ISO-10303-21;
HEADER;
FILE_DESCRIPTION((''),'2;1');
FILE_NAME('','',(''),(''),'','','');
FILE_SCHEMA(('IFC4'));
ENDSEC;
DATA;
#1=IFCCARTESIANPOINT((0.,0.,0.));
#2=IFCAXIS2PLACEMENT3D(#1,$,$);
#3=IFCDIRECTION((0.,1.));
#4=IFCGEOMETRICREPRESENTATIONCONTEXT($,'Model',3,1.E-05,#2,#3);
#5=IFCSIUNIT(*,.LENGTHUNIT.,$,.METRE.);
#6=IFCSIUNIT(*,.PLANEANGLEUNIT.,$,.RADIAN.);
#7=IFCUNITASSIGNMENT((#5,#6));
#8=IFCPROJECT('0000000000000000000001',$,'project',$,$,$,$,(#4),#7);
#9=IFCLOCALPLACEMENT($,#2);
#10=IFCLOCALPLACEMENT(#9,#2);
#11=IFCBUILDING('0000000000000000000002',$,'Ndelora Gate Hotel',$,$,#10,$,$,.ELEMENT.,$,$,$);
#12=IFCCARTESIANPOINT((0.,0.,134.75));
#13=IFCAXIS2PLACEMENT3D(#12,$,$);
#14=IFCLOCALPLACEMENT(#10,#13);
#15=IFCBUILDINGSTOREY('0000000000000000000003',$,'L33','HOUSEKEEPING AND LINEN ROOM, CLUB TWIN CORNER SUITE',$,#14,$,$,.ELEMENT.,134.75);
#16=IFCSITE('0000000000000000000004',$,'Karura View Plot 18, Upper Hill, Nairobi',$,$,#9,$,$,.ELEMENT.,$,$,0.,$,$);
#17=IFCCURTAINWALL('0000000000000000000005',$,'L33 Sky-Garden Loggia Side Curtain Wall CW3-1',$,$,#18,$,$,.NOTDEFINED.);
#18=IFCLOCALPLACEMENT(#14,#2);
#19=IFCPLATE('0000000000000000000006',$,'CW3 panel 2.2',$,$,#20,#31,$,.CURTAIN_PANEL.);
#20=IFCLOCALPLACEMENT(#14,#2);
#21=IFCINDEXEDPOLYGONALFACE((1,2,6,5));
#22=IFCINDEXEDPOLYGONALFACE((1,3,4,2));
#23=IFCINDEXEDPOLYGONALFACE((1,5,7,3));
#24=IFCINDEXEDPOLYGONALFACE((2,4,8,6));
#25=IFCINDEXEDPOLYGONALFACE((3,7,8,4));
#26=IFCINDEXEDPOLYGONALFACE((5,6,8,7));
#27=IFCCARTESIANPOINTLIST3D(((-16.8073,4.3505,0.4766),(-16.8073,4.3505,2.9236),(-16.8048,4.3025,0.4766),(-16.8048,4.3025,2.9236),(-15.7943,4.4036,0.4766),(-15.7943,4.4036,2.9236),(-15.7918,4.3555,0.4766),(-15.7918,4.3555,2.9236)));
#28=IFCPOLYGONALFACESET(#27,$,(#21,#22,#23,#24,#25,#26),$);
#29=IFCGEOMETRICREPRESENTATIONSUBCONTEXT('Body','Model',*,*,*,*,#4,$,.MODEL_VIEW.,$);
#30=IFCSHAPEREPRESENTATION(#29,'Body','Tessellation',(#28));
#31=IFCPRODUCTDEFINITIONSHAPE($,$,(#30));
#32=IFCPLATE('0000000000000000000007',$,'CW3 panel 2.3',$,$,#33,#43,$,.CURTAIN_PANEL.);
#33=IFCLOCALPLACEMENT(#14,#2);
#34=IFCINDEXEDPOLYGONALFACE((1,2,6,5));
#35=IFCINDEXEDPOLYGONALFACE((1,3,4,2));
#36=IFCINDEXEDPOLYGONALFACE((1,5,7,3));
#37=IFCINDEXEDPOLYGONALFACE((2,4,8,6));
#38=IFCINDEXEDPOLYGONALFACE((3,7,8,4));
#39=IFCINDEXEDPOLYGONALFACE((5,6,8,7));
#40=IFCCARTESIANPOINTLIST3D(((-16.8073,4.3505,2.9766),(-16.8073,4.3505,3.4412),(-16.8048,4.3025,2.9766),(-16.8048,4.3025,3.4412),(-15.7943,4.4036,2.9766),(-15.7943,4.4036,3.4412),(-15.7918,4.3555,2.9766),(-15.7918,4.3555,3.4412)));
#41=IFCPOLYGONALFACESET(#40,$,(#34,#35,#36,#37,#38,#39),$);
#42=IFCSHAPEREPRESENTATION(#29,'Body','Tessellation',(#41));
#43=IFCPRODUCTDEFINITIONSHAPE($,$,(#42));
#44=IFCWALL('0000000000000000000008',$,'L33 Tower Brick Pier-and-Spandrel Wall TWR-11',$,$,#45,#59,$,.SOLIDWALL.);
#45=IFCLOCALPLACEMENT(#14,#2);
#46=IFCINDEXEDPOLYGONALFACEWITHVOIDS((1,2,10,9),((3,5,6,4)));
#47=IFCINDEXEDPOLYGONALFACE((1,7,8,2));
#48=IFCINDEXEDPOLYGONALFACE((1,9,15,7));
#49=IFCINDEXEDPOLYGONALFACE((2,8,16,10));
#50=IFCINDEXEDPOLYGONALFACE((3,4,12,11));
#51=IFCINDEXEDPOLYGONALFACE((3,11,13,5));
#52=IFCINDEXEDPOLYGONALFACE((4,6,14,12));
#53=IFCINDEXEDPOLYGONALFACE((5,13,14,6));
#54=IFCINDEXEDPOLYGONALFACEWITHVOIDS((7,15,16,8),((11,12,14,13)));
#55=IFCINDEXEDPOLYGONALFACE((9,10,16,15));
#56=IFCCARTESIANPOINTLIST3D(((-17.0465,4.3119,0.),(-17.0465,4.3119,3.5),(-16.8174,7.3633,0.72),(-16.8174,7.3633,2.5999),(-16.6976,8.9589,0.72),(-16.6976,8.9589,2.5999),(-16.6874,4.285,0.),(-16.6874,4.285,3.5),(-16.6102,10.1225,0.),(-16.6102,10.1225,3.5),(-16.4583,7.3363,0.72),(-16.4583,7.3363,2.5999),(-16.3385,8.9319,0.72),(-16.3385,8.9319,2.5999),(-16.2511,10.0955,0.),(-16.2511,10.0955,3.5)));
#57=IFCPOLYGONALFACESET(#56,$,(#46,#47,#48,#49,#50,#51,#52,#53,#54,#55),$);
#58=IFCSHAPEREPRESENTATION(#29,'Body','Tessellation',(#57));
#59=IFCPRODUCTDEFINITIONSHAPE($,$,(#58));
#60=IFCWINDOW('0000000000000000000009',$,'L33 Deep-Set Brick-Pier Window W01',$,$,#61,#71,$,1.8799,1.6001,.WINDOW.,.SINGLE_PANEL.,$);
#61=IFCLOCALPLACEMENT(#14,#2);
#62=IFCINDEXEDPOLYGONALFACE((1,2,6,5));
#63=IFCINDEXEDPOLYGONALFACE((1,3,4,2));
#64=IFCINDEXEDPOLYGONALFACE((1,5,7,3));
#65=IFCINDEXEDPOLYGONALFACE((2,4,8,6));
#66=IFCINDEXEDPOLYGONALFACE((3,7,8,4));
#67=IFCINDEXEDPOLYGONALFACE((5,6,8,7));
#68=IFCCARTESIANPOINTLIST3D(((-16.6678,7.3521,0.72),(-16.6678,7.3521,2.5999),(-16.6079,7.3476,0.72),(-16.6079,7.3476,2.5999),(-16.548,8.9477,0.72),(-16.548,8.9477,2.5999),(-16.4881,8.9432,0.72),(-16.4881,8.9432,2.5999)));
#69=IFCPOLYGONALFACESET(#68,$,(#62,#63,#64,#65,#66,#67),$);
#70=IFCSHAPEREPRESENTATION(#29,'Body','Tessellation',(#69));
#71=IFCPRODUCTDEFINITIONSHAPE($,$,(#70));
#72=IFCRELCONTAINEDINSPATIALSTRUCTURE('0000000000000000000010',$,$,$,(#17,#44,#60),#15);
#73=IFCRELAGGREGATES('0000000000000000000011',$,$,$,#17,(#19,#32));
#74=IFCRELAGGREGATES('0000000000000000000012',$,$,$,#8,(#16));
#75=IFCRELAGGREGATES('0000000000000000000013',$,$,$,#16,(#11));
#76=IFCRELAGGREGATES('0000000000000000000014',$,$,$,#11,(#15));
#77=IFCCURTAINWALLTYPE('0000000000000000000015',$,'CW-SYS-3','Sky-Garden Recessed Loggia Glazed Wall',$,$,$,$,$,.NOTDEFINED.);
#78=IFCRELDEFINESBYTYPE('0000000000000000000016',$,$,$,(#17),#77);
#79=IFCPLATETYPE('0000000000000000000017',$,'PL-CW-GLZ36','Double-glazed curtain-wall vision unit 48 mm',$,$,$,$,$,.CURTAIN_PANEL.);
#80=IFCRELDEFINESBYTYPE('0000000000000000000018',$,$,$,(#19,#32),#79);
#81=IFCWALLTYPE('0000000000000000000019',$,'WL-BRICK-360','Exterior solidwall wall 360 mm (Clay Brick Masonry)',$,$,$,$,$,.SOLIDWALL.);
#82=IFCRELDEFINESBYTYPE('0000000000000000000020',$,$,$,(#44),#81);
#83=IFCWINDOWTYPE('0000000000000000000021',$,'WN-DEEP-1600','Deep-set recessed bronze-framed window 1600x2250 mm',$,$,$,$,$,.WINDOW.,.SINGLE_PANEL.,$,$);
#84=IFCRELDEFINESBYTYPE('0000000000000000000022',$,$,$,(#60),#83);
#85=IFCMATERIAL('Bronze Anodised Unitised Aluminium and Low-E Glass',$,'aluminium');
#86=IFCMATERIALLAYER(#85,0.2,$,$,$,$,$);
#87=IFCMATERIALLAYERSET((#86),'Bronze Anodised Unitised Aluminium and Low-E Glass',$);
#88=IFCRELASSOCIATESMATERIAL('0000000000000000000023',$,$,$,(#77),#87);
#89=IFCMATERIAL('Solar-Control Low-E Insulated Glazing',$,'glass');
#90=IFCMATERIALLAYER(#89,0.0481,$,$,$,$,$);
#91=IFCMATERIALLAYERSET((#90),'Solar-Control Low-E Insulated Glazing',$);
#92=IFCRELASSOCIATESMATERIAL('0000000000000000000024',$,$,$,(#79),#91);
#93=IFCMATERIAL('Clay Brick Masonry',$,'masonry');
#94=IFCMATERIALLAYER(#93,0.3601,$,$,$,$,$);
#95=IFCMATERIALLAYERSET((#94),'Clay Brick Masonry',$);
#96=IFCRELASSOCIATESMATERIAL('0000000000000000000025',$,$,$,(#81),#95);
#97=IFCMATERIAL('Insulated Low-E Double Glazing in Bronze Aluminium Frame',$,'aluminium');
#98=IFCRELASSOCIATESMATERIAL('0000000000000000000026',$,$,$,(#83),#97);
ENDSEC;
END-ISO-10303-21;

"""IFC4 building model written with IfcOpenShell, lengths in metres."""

from ifc_helpers import new_model, si_unit, direction, frame, frame_2d, origin, origin_2d, place, context, subcontext, project, spatial, rectangle, extrude, material, layer, layer_set, type_object, element, fill, aggregate, save


model = new_model("IFC4")

# Units and contexts
model_context = context("Model", 3, precision=1e-05, world=origin(), true_north=direction((0.0, 1.0)))
body_context = subcontext(model_context, "Body", "Model", "MODEL_VIEW")
ifc_project = project(units=[si_unit("LENGTHUNIT", "METRE"), si_unit("PLANEANGLEUNIT", "RADIAN")], contexts=[model_context])

# Site, building, storey
site_placement = place(None, origin())
site = spatial("IfcSite", under=ifc_project, at=site_placement, Name="Karura View Plot 18, Upper Hill, Nairobi", CompositionType="ELEMENT", RefElevation=0.0)
building_placement = place(site_placement, origin())
building = spatial("IfcBuilding", under=site, at=building_placement, Name="Ndelora Gate Hotel", CompositionType="ELEMENT")
storey_placement = place(building_placement, frame((0.0, 0.0, 134.75)))
storey = spatial("IfcBuildingStorey", under=building, at=storey_placement, Name="L33", Description="HOUSEKEEPING AND LINEN ROOM, CLUB TWIN CORNER SUITE", CompositionType="ELEMENT", Elevation=134.75)

# Curtain wall, plates
ifc_material_1 = material(Name="Bronze Anodised Unitised Aluminium and Low-E Glass", Category="aluminium")
ifc_layer_1 = layer(ifc_material_1, 0.2)
ifc_layer_set_1 = layer_set([ifc_layer_1], Name="Bronze Anodised Unitised Aluminium and Low-E Glass")
curtain_wall_type = type_object("IfcCurtainWallType", Name="CW-SYS-3", Description="Sky-Garden Recessed Loggia Glazed Wall", PredefinedType="NOTDEFINED", material=ifc_layer_set_1)
curtain_wall_placement = place(storey_placement, origin())
curtain_wall = element("IfcCurtainWall", 1, at=curtain_wall_placement, inside=storey, type_object=curtain_wall_type, Name="L33 Sky-Garden Loggia Side Curtain Wall CW3-1", PredefinedType="NOTDEFINED")
ifc_material_2 = material(Name="Solar-Control Low-E Insulated Glazing", Category="glass")
ifc_layer_2 = layer(ifc_material_2, 0.0481)
ifc_layer_set_2 = layer_set([ifc_layer_2], Name="Solar-Control Low-E Insulated Glazing")
plate_type = type_object("IfcPlateType", Name="PL-CW-GLZ36", Description="Double-glazed curtain-wall vision unit 48 mm", PredefinedType="CURTAIN_PANEL", material=ifc_layer_set_2)
plate_1_placement = place(storey_placement, frame((-16.2996, 4.353, 0.4766), z_axis=(0.0, 0.0, 1.0), x_axis=(-0.99863, -0.052318, 0.0)))
plate_1 = element("IfcPlate", 2, at=plate_1_placement, type_object=plate_type, Name="CW3 panel 2.2", PredefinedType="CURTAIN_PANEL", context=body_context, shape_type="SweptSolid", body=[
    extrude(rectangle(XDim=1.0144, YDim=0.0481, at=origin_2d()), origin(), (0.0, 0.0, 1.0), 2.447),
])
plate_2_placement = place(storey_placement, frame((-16.2996, 4.353, 2.9766), z_axis=(0.0, 0.0, 1.0), x_axis=(-0.99863, -0.052318, 0.0)))
plate_2 = element("IfcPlate", 3, at=plate_2_placement, type_object=plate_type, Name="CW3 panel 2.3", PredefinedType="CURTAIN_PANEL", context=body_context, shape_type="SweptSolid", body=[
    extrude(rectangle(XDim=1.0144, YDim=0.0481, at=origin_2d()), origin(), (0.0, 0.0, 1.0), 0.4646),
])
aggregate(curtain_wall, [plate_1, plate_2])

# Wall, opening, window
ifc_material_3 = material(Name="Clay Brick Masonry", Category="masonry")
ifc_layer_3 = layer(ifc_material_3, 0.3601)
ifc_layer_set_3 = layer_set([ifc_layer_3], Name="Clay Brick Masonry")
wall_type = type_object("IfcWallType", Name="WL-BRICK-360", Description="Exterior solidwall wall 360 mm (Clay Brick Masonry)", PredefinedType="SOLIDWALL", material=ifc_layer_set_3)
wall_placement = place(storey_placement, frame((-16.8669, 4.2983, 0.0), z_axis=(0.0, 0.0, 1.0), x_axis=(0.074873, 0.997193, 0.0)))
wall = element("IfcWall", 4, at=wall_placement, inside=storey, type_object=wall_type, Name="L33 Tower Brick Pier-and-Spandrel Wall TWR-11", PredefinedType="SOLIDWALL", context=body_context, shape_type="SweptSolid", body=[
    extrude(rectangle(XDim=5.8269, YDim=0.3601, at=frame_2d((2.9136, 0.0))), origin(), (0.0, 0.0, 1.0), 3.5),
])
opening_placement = place(wall_placement, frame((3.0601, 0.0, 0.72)))
opening = element("IfcOpeningElement", 5, at=opening_placement, cuts=wall, PredefinedType="OPENING", context=body_context, shape_type="SweptSolid", body=[
    extrude(rectangle(XDim=1.6001, YDim=1.8799, at=frame_2d((0.8, 0.9399))), frame((0.0, 0.1899, 0.0), z_axis=(0.0, -1.0, 0.0), x_axis=(1.0, 0.0, 0.0)), (0.0, 0.0, 1.0), 0.3801),
])
ifc_material_4 = material(Name="Insulated Low-E Double Glazing in Bronze Aluminium Frame", Category="aluminium")
window_type = type_object("IfcWindowType", Name="WN-DEEP-1600", Description="Deep-set recessed bronze-framed window 1600x2250 mm", PartitioningType="SINGLE_PANEL", PredefinedType="WINDOW", material=ifc_material_4)
window_placement = place(opening_placement, origin())
window = element("IfcWindow", 6, at=window_placement, inside=storey, type_object=window_type, Name="L33 Deep-Set Brick-Pier Window W01", OverallHeight=1.8799, OverallWidth=1.6001, PartitioningType="SINGLE_PANEL", PredefinedType="WINDOW", context=body_context, shape_type="SweptSolid", body=[
    extrude(rectangle(XDim=1.6001, YDim=1.8799, at=frame_2d((0.8, 0.9399))), frame((0.0, 0.03, 0.0), z_axis=(0.0, -1.0, 0.0), x_axis=(1.0, 0.0, 0.0)), (0.0, 0.0, 1.0), 0.0601),
])
fill(opening, window)

save(model, "model.ifc")
